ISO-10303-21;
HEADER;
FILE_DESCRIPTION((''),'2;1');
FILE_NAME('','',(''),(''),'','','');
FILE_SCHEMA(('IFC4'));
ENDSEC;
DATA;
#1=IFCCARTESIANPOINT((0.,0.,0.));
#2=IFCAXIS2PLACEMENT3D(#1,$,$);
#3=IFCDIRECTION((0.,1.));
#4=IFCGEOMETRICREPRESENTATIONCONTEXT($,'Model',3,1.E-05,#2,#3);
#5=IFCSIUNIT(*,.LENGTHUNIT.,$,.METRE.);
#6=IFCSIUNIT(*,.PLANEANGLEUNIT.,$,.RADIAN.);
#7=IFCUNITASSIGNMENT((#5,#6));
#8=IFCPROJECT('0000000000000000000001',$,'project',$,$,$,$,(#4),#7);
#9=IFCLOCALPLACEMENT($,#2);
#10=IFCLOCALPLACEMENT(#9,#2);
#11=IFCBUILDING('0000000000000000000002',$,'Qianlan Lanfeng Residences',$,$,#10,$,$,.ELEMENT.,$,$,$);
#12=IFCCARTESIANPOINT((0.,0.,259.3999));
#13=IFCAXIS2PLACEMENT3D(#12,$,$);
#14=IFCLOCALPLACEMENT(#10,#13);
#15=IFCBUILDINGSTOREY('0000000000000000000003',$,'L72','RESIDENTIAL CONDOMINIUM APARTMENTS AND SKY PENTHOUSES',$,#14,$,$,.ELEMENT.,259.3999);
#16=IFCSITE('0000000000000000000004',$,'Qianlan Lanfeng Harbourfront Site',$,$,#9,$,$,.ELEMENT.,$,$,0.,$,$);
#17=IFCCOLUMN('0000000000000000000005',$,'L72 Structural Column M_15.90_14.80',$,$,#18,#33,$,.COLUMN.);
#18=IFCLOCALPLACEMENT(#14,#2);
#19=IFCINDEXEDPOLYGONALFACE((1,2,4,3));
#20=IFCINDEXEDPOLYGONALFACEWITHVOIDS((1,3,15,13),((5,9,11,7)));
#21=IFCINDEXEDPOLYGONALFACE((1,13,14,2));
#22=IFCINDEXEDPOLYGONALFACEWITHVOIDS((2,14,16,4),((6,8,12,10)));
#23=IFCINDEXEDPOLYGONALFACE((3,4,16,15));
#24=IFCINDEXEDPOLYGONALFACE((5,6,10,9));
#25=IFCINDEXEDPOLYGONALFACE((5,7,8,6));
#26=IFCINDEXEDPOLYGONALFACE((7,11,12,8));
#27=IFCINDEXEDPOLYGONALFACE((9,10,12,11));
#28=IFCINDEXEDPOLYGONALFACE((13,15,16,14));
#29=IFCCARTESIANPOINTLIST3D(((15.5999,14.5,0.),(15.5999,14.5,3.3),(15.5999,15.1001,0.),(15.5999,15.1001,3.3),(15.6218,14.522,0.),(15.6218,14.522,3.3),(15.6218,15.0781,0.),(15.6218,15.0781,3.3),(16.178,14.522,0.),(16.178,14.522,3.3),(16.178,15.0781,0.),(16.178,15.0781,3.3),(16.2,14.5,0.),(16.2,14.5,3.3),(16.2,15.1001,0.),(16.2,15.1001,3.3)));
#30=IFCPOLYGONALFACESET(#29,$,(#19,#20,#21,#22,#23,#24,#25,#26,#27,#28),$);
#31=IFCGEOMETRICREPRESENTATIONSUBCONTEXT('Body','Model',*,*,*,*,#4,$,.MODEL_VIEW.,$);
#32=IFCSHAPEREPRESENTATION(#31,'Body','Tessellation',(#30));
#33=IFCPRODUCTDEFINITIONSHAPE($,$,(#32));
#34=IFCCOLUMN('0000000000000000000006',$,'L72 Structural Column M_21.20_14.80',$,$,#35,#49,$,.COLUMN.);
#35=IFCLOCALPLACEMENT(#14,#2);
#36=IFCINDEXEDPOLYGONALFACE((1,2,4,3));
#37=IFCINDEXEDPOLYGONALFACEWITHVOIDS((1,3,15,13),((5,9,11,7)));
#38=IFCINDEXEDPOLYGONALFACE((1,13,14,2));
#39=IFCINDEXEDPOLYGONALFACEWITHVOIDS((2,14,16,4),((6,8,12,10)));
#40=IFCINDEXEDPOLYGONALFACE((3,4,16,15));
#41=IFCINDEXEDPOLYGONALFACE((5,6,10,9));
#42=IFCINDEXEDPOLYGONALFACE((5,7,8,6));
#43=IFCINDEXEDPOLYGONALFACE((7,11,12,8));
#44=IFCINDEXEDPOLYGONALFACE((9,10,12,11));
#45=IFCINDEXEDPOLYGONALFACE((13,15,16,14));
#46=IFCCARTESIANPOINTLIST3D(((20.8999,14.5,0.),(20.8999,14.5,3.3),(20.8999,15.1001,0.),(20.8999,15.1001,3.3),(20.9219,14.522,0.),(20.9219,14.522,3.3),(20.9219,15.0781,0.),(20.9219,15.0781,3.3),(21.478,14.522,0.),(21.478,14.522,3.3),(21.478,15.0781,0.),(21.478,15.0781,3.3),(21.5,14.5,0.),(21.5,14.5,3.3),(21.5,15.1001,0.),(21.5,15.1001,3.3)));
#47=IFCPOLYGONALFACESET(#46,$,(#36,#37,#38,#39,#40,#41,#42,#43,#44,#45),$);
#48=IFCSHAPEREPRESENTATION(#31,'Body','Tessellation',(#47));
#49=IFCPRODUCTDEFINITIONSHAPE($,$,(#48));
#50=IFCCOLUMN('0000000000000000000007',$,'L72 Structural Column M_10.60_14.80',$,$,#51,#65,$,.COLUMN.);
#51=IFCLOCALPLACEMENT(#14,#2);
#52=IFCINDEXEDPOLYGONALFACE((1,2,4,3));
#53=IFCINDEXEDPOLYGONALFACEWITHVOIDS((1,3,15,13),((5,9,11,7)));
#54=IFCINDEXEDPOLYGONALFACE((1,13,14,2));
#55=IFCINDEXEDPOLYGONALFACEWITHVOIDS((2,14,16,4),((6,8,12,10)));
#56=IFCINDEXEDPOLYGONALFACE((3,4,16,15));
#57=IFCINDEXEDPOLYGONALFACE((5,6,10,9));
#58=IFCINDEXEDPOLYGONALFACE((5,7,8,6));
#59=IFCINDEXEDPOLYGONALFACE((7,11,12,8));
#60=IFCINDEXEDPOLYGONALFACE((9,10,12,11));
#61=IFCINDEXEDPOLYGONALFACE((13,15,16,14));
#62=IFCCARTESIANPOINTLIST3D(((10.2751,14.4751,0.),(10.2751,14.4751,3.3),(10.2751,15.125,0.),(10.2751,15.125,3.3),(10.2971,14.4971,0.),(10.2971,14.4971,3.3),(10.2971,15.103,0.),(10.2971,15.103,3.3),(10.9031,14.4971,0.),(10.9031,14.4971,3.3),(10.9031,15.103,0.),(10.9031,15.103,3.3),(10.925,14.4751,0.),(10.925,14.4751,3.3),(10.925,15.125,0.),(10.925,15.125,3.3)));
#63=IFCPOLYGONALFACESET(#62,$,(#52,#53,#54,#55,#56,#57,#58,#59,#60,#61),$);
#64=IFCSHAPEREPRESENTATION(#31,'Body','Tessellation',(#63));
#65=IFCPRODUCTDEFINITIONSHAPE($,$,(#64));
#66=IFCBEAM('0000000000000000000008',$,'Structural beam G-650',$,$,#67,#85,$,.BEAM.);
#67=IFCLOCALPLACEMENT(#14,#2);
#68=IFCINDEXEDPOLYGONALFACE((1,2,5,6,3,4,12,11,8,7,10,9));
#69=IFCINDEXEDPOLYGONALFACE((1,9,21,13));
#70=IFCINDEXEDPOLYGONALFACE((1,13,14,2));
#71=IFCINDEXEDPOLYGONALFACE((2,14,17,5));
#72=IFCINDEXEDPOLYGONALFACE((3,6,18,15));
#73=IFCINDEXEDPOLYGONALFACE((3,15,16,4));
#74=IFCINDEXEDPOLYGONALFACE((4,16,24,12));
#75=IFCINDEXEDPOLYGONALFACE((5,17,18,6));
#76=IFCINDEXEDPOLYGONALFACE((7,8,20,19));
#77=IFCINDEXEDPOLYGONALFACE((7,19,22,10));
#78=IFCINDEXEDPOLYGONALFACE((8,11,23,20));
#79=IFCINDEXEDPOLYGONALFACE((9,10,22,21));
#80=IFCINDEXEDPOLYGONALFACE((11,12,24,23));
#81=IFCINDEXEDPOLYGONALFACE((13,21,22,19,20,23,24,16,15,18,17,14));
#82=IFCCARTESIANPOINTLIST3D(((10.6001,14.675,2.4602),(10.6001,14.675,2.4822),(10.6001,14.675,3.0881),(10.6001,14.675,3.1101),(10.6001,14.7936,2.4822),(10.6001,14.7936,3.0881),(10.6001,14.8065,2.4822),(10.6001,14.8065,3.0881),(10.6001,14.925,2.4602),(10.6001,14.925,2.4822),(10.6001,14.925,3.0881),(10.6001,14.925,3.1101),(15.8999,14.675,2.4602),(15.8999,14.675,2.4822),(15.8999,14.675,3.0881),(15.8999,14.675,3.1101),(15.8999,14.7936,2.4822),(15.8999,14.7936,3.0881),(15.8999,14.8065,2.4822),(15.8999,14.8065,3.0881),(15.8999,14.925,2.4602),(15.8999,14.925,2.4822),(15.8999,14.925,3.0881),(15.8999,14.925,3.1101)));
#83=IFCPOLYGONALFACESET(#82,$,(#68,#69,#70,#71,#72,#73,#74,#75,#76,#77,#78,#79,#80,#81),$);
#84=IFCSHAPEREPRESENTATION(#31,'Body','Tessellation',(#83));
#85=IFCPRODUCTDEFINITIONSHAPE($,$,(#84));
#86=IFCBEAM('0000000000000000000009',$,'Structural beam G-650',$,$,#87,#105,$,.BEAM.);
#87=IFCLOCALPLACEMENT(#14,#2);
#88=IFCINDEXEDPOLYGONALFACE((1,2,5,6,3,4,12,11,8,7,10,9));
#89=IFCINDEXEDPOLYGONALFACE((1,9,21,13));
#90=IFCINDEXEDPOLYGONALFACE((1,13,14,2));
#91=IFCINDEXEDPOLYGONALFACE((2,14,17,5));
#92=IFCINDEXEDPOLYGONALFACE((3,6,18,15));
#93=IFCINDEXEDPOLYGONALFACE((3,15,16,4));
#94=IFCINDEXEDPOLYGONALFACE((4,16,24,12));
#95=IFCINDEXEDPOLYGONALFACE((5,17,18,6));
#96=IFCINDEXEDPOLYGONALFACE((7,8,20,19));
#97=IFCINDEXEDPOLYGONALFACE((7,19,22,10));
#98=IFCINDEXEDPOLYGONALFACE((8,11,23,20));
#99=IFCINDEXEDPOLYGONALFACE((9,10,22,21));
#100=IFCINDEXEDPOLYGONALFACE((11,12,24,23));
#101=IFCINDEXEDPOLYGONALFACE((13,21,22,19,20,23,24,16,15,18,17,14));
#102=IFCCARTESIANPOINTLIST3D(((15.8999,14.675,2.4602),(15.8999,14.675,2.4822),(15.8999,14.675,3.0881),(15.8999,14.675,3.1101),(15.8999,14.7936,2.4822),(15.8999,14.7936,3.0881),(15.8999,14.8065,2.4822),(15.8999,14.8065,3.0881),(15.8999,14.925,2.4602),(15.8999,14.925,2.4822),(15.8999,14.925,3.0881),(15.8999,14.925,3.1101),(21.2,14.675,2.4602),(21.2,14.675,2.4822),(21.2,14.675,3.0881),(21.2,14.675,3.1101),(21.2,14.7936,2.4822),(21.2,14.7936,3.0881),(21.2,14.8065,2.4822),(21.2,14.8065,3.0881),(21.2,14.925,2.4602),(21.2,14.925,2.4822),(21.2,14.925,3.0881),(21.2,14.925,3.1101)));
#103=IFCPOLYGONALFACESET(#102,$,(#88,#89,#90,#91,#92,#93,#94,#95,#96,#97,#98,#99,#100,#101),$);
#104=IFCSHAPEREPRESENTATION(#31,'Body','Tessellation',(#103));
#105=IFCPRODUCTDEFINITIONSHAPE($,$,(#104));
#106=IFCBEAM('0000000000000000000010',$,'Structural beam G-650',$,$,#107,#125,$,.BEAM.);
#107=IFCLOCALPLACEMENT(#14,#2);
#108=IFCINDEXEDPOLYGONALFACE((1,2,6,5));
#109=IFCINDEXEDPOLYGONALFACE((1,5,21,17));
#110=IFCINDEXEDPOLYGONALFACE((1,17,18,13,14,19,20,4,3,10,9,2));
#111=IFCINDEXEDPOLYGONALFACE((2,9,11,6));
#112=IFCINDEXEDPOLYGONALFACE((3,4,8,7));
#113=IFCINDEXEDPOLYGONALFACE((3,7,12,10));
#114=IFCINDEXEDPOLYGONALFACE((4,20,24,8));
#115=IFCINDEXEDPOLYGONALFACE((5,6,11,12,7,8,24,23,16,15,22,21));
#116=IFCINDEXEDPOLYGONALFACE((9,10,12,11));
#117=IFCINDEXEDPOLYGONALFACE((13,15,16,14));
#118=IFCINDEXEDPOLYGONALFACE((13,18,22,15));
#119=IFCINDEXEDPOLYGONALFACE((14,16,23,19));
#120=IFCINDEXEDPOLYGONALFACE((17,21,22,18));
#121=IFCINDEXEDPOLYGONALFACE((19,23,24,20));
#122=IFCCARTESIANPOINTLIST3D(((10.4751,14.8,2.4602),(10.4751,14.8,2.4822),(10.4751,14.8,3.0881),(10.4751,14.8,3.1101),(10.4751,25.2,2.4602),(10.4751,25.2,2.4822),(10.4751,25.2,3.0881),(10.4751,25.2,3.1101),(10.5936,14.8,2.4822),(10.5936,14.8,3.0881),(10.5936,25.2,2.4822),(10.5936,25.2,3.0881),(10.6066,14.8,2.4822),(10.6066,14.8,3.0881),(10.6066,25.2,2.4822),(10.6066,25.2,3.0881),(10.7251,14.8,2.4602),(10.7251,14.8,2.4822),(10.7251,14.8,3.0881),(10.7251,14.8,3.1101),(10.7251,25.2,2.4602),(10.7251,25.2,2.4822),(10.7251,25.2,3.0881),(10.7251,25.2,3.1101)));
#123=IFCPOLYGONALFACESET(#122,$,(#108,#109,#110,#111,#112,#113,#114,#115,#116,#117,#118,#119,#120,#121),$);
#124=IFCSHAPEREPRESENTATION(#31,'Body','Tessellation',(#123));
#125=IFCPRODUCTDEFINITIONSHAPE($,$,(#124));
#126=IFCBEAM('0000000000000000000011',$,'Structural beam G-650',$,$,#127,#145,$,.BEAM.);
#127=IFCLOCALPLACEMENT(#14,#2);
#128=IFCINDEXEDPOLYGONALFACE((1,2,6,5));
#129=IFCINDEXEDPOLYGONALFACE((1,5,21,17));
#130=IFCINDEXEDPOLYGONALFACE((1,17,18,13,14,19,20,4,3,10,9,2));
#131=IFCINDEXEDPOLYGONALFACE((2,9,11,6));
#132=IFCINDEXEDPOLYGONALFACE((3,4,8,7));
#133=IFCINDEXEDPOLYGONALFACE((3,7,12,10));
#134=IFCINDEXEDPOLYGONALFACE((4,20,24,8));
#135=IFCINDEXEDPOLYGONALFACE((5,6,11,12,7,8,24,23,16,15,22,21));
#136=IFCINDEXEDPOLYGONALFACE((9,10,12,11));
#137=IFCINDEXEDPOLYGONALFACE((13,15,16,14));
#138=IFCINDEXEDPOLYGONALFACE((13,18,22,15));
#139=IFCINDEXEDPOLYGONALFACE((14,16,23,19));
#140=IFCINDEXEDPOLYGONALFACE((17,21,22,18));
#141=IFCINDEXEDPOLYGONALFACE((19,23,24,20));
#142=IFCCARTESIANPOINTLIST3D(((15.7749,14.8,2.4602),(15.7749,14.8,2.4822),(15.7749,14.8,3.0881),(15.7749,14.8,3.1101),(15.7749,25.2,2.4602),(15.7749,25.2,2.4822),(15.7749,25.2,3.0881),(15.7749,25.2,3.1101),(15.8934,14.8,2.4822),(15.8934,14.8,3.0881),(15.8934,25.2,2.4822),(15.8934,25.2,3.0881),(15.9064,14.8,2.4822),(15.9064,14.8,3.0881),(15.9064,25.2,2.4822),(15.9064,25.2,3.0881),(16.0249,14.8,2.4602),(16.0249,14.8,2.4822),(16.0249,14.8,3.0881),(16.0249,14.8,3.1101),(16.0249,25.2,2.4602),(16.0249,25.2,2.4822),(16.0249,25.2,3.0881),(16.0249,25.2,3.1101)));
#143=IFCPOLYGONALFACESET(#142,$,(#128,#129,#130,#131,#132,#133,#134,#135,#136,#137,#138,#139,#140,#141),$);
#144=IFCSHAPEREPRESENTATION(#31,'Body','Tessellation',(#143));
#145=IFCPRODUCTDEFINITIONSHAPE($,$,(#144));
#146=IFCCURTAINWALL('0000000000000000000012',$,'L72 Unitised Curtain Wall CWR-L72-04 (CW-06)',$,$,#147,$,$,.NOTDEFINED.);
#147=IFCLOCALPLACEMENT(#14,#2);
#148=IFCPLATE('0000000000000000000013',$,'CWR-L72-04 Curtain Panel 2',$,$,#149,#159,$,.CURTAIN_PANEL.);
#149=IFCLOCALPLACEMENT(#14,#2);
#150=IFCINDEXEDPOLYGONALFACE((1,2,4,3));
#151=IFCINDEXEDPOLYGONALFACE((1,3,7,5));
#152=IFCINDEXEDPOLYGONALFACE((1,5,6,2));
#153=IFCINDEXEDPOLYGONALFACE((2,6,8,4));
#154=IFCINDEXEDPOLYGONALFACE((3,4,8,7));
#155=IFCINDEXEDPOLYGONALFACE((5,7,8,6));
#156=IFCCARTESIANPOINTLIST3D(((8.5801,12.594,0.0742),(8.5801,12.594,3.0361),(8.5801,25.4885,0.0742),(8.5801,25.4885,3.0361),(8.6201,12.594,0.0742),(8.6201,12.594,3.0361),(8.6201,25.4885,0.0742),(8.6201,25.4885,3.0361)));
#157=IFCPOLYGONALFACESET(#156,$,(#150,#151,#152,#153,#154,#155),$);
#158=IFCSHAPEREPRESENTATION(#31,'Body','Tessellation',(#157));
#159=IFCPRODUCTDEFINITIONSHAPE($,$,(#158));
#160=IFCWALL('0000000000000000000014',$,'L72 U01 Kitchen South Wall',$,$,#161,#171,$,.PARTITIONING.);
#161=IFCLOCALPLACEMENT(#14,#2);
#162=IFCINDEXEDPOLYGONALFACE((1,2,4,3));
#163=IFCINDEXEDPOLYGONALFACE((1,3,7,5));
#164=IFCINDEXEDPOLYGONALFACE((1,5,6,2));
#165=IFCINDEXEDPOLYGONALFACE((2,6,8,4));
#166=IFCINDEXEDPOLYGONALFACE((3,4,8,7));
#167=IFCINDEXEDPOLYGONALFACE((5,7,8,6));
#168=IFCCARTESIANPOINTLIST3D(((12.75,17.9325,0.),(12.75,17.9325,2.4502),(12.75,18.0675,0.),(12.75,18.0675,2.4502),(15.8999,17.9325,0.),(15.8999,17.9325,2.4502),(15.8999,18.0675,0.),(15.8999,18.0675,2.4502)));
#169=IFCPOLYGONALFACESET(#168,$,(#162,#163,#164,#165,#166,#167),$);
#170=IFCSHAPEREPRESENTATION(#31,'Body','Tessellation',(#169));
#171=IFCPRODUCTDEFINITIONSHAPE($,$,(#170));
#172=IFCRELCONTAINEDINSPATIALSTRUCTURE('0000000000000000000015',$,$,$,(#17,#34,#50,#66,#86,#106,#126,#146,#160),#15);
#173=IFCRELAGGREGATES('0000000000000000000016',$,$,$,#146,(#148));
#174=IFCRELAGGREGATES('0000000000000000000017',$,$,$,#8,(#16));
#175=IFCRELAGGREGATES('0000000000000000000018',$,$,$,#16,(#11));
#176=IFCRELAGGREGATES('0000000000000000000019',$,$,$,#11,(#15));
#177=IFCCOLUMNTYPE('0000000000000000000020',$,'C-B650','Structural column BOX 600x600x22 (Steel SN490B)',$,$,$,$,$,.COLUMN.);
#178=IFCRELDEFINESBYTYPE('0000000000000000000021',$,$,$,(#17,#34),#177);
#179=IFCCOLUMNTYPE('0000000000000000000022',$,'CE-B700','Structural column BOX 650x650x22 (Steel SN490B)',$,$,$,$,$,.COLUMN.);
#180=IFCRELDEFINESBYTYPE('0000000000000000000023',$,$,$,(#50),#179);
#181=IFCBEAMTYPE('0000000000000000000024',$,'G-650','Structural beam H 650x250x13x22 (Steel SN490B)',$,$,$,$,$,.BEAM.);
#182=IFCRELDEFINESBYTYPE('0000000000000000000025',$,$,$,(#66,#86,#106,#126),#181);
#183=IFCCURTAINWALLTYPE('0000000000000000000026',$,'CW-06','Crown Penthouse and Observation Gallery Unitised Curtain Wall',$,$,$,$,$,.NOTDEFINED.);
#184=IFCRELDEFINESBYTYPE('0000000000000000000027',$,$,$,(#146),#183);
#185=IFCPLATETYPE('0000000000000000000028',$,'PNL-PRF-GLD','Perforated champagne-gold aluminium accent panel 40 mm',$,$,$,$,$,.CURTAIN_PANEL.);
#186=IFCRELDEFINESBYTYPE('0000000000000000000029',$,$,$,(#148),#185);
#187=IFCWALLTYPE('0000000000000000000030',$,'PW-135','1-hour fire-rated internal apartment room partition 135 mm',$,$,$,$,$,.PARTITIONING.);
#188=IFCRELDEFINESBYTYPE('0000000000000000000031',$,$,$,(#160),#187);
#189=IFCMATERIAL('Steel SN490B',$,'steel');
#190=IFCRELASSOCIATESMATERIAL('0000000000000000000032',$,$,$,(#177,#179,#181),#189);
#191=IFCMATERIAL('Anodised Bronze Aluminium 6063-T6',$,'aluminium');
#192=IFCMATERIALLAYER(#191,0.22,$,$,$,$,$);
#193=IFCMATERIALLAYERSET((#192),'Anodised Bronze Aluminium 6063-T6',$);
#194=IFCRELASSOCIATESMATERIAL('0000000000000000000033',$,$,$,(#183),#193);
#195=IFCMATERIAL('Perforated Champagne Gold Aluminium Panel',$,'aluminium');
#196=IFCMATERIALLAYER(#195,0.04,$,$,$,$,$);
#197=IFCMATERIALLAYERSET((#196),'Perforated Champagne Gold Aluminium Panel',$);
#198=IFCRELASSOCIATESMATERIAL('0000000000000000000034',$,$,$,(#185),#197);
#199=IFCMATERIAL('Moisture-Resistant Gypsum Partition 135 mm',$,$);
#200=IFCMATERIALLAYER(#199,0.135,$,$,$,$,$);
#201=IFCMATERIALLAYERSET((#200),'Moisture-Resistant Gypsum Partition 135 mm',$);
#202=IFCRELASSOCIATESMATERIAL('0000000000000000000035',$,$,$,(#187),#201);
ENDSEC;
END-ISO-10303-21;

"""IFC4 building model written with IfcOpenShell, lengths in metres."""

from ifc_helpers import new_model, si_unit, direction, frame, frame_2d, origin, origin_2d, place, context, subcontext, project, spatial, rectangle, hollow_rectangle, i_section, extrude, source, transform, mapped, material, layer, layer_set, material_profile, profile_set, type_object, element, aggregate, save


model = new_model("IFC4")

# Units and contexts
model_context = context("Model", 3, precision=1e-05, world=origin(), true_north=direction((0.0, 1.0)))
body_context = subcontext(model_context, "Body", "Model", "MODEL_VIEW")
ifc_project = project(units=[si_unit("LENGTHUNIT", "METRE"), si_unit("PLANEANGLEUNIT", "RADIAN")], contexts=[model_context])

# Site, building, storey
site_placement = place(None, origin())
site = spatial("IfcSite", under=ifc_project, at=site_placement, Name="Qianlan Lanfeng Harbourfront Site", CompositionType="ELEMENT", RefElevation=0.0)
building_placement = place(site_placement, origin())
building = spatial("IfcBuilding", under=site, at=building_placement, Name="Qianlan Lanfeng Residences", CompositionType="ELEMENT")
storey_placement = place(building_placement, frame((0.0, 0.0, 259.3999)))
storey = spatial("IfcBuildingStorey", under=building, at=storey_placement, Name="L72", Description="RESIDENTIAL CONDOMINIUM APARTMENTS AND SKY PENTHOUSES", CompositionType="ELEMENT", Elevation=259.3999)

# Columns
ifc_material_1 = material(Name="Steel SN490B", Category="steel")
ifc_material_profile_1 = material_profile(ifc_material_1, hollow_rectangle(XDim=0.6001, YDim=0.6001, WallThickness=0.022, at=origin_2d()), Name="BOX 600x600x22")
ifc_profile_set_1 = profile_set([ifc_material_profile_1], Name="Steel SN490B")
column_type_1 = type_object("IfcColumnType", Name="C-B650", Description="Structural column BOX 600x600x22 (Steel SN490B)", PredefinedType="COLUMN", material=ifc_profile_set_1)
for number, where, z_axis, x_axis, name in (
    (1, (15.8999, 14.8, 0.0), (0.0, 0.0, 1.0), (1.0, 0.0, 0.0), "L72 Structural Column M_15.90_14.80"),
    (2, (21.2, 14.8, 0.0), (0.0, 0.0, 1.0), (1.0, 0.0, 0.0), "L72 Structural Column M_21.20_14.80"),
):
    element("IfcColumn", number, at=place(storey_placement, frame(where, z_axis=z_axis, x_axis=x_axis)), inside=storey, type_object=column_type_1, Name=name, PredefinedType="COLUMN", context=body_context, shape_type="SweptSolid", body=[
        extrude(hollow_rectangle(XDim=0.6001, YDim=0.6001, WallThickness=0.022, at=origin_2d()), origin(), (0.0, 0.0, 1.0), 3.3),
    ])
ifc_material_profile_2 = material_profile(ifc_material_1, hollow_rectangle(XDim=0.6499, YDim=0.6499, WallThickness=0.022, at=origin_2d()), Name="BOX 650x650x22")
ifc_profile_set_2 = profile_set([ifc_material_profile_2], Name="Steel SN490B")
column_type_2 = type_object("IfcColumnType", Name="CE-B700", Description="Structural column BOX 650x650x22 (Steel SN490B)", PredefinedType="COLUMN", material=ifc_profile_set_2)
column_placement = place(storey_placement, frame((10.6001, 14.8, 0.0), z_axis=(0.0, 0.0, 1.0), x_axis=(1.0, 0.0, 0.0)))
element("IfcColumn", 3, at=column_placement, inside=storey, type_object=column_type_2, Name="L72 Structural Column M_10.60_14.80", PredefinedType="COLUMN", context=body_context, shape_type="SweptSolid", body=[
    extrude(hollow_rectangle(XDim=0.6499, YDim=0.6499, WallThickness=0.022, at=origin_2d()), origin(), (0.0, 0.0, 1.0), 3.3),
])

# Beams
ifc_material_profile_3 = material_profile(ifc_material_1, i_section(OverallWidth=0.25, OverallDepth=0.6499, WebThickness=0.0129, FlangeThickness=0.022, at=origin_2d()), Name="H 650x250x13x22")
ifc_profile_set_3 = profile_set([ifc_material_profile_3], Name="Steel SN490B")
beam_type = type_object("IfcBeamType", Name="G-650", Description="Structural beam H 650x250x13x22 (Steel SN490B)", PredefinedType="BEAM", material=ifc_profile_set_3)
beam_1_placement = place(storey_placement, frame((10.6001, 14.8, 2.7852), z_axis=(1.0, 0.0, 0.0), x_axis=(0.0, 1.0, 0.0)))
element("IfcBeam", 4, at=beam_1_placement, inside=storey, type_object=beam_type, Name="Structural beam G-650", PredefinedType="BEAM", context=body_context, shape_type="SweptSolid", body=[
    extrude(i_section(OverallWidth=0.25, OverallDepth=0.6499, WebThickness=0.0129, FlangeThickness=0.022, at=origin_2d()), origin(), (0.0, 0.0, 1.0), 5.2998),
])
beam_2_placement = place(storey_placement, frame((15.8999, 14.8, 2.7852), z_axis=(1.0, 0.0, 0.0), x_axis=(0.0, 1.0, 0.0)))
element("IfcBeam", 5, at=beam_2_placement, inside=storey, type_object=beam_type, Name="Structural beam G-650", PredefinedType="BEAM", context=body_context, shape_type="SweptSolid", body=[
    extrude(i_section(OverallWidth=0.25, OverallDepth=0.6499, WebThickness=0.0129, FlangeThickness=0.022, at=origin_2d()), origin(), (0.0, 0.0, 1.0), 5.3),
])
for number, where, z_axis, x_axis, name in (
    (6, (10.6001, 14.8, 2.7852), (0.0, 1.0, 0.0), (-1.0, 0.0, 0.0), "Structural beam G-650"),
    (7, (15.8999, 14.8, 2.7852), (0.0, 1.0, 0.0), (-1.0, 0.0, 0.0), "Structural beam G-650"),
):
    element("IfcBeam", number, at=place(storey_placement, frame(where, z_axis=z_axis, x_axis=x_axis)), inside=storey, type_object=beam_type, Name=name, PredefinedType="BEAM", context=body_context, shape_type="SweptSolid", body=[
        extrude(i_section(OverallWidth=0.25, OverallDepth=0.6499, WebThickness=0.0129, FlangeThickness=0.022, at=origin_2d()), origin(), (0.0, 0.0, 1.0), 10.3999),
    ])

# Curtain wall, plate
ifc_material_2 = material(Name="Anodised Bronze Aluminium 6063-T6", Category="aluminium")
ifc_layer_1 = layer(ifc_material_2, 0.22)
ifc_layer_set_1 = layer_set([ifc_layer_1], Name="Anodised Bronze Aluminium 6063-T6")
curtain_wall_type = type_object("IfcCurtainWallType", Name="CW-06", Description="Crown Penthouse and Observation Gallery Unitised Curtain Wall", PredefinedType="NOTDEFINED", material=ifc_layer_set_1)
curtain_wall_placement = place(storey_placement, origin())
curtain_wall = element("IfcCurtainWall", 8, at=curtain_wall_placement, inside=storey, type_object=curtain_wall_type, Name="L72 Unitised Curtain Wall CWR-L72-04 (CW-06)", PredefinedType="NOTDEFINED")
ifc_material_3 = material(Name="Perforated Champagne Gold Aluminium Panel", Category="aluminium")
ifc_layer_2 = layer(ifc_material_3, 0.04)
ifc_layer_set_2 = layer_set([ifc_layer_2], Name="Perforated Champagne Gold Aluminium Panel")
plate_type = type_object("IfcPlateType", Name="PNL-PRF-GLD", Description="Perforated champagne-gold aluminium accent panel 40 mm", PredefinedType="CURTAIN_PANEL", material=ifc_layer_set_2)
shared_shape = source(origin(), body_context, "Body", "SweptSolid", [
    extrude(rectangle(XDim=12.8945, YDim=0.04, at=origin_2d()), origin(), (0.0, 0.0, 1.0), 2.9619),
])
plate_placement = place(storey_placement, frame((8.6001, 19.0413, 0.0742), z_axis=(0.0, 0.0, 1.0), x_axis=(0.0, -1.0, 0.0)))
plate = element("IfcPlate", 9, at=plate_placement, type_object=plate_type, Name="CWR-L72-04 Curtain Panel 2", PredefinedType="CURTAIN_PANEL", context=body_context, shape_type="MappedRepresentation", body=[
    mapped(shared_shape, transform((0.0, 0.0, 0.0), scale=1.0)),
])
aggregate(curtain_wall, [plate])

# Shared definitions
ifc_material_4 = material(Name="Moisture-Resistant Gypsum Partition 135 mm")
ifc_layer_3 = layer(ifc_material_4, 0.135)
ifc_layer_set_3 = layer_set([ifc_layer_3], Name="Moisture-Resistant Gypsum Partition 135 mm")
wall_type_1 = type_object("IfcWallType", Name="PW-135", Description="1-hour fire-rated internal apartment room partition 135 mm", PredefinedType="PARTITIONING", material=ifc_layer_set_3)

# Wall
wall_1_placement = place(storey_placement, frame((12.75, 18.0, 0.0), z_axis=(0.0, 0.0, 1.0), x_axis=(1.0, 0.0, 0.0)))
element("IfcWall", 10, at=wall_1_placement, inside=storey, type_object=wall_type_1, Name="L72 U01 Kitchen South Wall", PredefinedType="PARTITIONING", context=body_context, shape_type="SweptSolid", body=[
    extrude(rectangle(XDim=3.1499, YDim=0.135, at=frame_2d((1.575, 0.0))), origin(), (0.0, 0.0, 1.0), 2.4502),
])

save(model, "model.ifc")
